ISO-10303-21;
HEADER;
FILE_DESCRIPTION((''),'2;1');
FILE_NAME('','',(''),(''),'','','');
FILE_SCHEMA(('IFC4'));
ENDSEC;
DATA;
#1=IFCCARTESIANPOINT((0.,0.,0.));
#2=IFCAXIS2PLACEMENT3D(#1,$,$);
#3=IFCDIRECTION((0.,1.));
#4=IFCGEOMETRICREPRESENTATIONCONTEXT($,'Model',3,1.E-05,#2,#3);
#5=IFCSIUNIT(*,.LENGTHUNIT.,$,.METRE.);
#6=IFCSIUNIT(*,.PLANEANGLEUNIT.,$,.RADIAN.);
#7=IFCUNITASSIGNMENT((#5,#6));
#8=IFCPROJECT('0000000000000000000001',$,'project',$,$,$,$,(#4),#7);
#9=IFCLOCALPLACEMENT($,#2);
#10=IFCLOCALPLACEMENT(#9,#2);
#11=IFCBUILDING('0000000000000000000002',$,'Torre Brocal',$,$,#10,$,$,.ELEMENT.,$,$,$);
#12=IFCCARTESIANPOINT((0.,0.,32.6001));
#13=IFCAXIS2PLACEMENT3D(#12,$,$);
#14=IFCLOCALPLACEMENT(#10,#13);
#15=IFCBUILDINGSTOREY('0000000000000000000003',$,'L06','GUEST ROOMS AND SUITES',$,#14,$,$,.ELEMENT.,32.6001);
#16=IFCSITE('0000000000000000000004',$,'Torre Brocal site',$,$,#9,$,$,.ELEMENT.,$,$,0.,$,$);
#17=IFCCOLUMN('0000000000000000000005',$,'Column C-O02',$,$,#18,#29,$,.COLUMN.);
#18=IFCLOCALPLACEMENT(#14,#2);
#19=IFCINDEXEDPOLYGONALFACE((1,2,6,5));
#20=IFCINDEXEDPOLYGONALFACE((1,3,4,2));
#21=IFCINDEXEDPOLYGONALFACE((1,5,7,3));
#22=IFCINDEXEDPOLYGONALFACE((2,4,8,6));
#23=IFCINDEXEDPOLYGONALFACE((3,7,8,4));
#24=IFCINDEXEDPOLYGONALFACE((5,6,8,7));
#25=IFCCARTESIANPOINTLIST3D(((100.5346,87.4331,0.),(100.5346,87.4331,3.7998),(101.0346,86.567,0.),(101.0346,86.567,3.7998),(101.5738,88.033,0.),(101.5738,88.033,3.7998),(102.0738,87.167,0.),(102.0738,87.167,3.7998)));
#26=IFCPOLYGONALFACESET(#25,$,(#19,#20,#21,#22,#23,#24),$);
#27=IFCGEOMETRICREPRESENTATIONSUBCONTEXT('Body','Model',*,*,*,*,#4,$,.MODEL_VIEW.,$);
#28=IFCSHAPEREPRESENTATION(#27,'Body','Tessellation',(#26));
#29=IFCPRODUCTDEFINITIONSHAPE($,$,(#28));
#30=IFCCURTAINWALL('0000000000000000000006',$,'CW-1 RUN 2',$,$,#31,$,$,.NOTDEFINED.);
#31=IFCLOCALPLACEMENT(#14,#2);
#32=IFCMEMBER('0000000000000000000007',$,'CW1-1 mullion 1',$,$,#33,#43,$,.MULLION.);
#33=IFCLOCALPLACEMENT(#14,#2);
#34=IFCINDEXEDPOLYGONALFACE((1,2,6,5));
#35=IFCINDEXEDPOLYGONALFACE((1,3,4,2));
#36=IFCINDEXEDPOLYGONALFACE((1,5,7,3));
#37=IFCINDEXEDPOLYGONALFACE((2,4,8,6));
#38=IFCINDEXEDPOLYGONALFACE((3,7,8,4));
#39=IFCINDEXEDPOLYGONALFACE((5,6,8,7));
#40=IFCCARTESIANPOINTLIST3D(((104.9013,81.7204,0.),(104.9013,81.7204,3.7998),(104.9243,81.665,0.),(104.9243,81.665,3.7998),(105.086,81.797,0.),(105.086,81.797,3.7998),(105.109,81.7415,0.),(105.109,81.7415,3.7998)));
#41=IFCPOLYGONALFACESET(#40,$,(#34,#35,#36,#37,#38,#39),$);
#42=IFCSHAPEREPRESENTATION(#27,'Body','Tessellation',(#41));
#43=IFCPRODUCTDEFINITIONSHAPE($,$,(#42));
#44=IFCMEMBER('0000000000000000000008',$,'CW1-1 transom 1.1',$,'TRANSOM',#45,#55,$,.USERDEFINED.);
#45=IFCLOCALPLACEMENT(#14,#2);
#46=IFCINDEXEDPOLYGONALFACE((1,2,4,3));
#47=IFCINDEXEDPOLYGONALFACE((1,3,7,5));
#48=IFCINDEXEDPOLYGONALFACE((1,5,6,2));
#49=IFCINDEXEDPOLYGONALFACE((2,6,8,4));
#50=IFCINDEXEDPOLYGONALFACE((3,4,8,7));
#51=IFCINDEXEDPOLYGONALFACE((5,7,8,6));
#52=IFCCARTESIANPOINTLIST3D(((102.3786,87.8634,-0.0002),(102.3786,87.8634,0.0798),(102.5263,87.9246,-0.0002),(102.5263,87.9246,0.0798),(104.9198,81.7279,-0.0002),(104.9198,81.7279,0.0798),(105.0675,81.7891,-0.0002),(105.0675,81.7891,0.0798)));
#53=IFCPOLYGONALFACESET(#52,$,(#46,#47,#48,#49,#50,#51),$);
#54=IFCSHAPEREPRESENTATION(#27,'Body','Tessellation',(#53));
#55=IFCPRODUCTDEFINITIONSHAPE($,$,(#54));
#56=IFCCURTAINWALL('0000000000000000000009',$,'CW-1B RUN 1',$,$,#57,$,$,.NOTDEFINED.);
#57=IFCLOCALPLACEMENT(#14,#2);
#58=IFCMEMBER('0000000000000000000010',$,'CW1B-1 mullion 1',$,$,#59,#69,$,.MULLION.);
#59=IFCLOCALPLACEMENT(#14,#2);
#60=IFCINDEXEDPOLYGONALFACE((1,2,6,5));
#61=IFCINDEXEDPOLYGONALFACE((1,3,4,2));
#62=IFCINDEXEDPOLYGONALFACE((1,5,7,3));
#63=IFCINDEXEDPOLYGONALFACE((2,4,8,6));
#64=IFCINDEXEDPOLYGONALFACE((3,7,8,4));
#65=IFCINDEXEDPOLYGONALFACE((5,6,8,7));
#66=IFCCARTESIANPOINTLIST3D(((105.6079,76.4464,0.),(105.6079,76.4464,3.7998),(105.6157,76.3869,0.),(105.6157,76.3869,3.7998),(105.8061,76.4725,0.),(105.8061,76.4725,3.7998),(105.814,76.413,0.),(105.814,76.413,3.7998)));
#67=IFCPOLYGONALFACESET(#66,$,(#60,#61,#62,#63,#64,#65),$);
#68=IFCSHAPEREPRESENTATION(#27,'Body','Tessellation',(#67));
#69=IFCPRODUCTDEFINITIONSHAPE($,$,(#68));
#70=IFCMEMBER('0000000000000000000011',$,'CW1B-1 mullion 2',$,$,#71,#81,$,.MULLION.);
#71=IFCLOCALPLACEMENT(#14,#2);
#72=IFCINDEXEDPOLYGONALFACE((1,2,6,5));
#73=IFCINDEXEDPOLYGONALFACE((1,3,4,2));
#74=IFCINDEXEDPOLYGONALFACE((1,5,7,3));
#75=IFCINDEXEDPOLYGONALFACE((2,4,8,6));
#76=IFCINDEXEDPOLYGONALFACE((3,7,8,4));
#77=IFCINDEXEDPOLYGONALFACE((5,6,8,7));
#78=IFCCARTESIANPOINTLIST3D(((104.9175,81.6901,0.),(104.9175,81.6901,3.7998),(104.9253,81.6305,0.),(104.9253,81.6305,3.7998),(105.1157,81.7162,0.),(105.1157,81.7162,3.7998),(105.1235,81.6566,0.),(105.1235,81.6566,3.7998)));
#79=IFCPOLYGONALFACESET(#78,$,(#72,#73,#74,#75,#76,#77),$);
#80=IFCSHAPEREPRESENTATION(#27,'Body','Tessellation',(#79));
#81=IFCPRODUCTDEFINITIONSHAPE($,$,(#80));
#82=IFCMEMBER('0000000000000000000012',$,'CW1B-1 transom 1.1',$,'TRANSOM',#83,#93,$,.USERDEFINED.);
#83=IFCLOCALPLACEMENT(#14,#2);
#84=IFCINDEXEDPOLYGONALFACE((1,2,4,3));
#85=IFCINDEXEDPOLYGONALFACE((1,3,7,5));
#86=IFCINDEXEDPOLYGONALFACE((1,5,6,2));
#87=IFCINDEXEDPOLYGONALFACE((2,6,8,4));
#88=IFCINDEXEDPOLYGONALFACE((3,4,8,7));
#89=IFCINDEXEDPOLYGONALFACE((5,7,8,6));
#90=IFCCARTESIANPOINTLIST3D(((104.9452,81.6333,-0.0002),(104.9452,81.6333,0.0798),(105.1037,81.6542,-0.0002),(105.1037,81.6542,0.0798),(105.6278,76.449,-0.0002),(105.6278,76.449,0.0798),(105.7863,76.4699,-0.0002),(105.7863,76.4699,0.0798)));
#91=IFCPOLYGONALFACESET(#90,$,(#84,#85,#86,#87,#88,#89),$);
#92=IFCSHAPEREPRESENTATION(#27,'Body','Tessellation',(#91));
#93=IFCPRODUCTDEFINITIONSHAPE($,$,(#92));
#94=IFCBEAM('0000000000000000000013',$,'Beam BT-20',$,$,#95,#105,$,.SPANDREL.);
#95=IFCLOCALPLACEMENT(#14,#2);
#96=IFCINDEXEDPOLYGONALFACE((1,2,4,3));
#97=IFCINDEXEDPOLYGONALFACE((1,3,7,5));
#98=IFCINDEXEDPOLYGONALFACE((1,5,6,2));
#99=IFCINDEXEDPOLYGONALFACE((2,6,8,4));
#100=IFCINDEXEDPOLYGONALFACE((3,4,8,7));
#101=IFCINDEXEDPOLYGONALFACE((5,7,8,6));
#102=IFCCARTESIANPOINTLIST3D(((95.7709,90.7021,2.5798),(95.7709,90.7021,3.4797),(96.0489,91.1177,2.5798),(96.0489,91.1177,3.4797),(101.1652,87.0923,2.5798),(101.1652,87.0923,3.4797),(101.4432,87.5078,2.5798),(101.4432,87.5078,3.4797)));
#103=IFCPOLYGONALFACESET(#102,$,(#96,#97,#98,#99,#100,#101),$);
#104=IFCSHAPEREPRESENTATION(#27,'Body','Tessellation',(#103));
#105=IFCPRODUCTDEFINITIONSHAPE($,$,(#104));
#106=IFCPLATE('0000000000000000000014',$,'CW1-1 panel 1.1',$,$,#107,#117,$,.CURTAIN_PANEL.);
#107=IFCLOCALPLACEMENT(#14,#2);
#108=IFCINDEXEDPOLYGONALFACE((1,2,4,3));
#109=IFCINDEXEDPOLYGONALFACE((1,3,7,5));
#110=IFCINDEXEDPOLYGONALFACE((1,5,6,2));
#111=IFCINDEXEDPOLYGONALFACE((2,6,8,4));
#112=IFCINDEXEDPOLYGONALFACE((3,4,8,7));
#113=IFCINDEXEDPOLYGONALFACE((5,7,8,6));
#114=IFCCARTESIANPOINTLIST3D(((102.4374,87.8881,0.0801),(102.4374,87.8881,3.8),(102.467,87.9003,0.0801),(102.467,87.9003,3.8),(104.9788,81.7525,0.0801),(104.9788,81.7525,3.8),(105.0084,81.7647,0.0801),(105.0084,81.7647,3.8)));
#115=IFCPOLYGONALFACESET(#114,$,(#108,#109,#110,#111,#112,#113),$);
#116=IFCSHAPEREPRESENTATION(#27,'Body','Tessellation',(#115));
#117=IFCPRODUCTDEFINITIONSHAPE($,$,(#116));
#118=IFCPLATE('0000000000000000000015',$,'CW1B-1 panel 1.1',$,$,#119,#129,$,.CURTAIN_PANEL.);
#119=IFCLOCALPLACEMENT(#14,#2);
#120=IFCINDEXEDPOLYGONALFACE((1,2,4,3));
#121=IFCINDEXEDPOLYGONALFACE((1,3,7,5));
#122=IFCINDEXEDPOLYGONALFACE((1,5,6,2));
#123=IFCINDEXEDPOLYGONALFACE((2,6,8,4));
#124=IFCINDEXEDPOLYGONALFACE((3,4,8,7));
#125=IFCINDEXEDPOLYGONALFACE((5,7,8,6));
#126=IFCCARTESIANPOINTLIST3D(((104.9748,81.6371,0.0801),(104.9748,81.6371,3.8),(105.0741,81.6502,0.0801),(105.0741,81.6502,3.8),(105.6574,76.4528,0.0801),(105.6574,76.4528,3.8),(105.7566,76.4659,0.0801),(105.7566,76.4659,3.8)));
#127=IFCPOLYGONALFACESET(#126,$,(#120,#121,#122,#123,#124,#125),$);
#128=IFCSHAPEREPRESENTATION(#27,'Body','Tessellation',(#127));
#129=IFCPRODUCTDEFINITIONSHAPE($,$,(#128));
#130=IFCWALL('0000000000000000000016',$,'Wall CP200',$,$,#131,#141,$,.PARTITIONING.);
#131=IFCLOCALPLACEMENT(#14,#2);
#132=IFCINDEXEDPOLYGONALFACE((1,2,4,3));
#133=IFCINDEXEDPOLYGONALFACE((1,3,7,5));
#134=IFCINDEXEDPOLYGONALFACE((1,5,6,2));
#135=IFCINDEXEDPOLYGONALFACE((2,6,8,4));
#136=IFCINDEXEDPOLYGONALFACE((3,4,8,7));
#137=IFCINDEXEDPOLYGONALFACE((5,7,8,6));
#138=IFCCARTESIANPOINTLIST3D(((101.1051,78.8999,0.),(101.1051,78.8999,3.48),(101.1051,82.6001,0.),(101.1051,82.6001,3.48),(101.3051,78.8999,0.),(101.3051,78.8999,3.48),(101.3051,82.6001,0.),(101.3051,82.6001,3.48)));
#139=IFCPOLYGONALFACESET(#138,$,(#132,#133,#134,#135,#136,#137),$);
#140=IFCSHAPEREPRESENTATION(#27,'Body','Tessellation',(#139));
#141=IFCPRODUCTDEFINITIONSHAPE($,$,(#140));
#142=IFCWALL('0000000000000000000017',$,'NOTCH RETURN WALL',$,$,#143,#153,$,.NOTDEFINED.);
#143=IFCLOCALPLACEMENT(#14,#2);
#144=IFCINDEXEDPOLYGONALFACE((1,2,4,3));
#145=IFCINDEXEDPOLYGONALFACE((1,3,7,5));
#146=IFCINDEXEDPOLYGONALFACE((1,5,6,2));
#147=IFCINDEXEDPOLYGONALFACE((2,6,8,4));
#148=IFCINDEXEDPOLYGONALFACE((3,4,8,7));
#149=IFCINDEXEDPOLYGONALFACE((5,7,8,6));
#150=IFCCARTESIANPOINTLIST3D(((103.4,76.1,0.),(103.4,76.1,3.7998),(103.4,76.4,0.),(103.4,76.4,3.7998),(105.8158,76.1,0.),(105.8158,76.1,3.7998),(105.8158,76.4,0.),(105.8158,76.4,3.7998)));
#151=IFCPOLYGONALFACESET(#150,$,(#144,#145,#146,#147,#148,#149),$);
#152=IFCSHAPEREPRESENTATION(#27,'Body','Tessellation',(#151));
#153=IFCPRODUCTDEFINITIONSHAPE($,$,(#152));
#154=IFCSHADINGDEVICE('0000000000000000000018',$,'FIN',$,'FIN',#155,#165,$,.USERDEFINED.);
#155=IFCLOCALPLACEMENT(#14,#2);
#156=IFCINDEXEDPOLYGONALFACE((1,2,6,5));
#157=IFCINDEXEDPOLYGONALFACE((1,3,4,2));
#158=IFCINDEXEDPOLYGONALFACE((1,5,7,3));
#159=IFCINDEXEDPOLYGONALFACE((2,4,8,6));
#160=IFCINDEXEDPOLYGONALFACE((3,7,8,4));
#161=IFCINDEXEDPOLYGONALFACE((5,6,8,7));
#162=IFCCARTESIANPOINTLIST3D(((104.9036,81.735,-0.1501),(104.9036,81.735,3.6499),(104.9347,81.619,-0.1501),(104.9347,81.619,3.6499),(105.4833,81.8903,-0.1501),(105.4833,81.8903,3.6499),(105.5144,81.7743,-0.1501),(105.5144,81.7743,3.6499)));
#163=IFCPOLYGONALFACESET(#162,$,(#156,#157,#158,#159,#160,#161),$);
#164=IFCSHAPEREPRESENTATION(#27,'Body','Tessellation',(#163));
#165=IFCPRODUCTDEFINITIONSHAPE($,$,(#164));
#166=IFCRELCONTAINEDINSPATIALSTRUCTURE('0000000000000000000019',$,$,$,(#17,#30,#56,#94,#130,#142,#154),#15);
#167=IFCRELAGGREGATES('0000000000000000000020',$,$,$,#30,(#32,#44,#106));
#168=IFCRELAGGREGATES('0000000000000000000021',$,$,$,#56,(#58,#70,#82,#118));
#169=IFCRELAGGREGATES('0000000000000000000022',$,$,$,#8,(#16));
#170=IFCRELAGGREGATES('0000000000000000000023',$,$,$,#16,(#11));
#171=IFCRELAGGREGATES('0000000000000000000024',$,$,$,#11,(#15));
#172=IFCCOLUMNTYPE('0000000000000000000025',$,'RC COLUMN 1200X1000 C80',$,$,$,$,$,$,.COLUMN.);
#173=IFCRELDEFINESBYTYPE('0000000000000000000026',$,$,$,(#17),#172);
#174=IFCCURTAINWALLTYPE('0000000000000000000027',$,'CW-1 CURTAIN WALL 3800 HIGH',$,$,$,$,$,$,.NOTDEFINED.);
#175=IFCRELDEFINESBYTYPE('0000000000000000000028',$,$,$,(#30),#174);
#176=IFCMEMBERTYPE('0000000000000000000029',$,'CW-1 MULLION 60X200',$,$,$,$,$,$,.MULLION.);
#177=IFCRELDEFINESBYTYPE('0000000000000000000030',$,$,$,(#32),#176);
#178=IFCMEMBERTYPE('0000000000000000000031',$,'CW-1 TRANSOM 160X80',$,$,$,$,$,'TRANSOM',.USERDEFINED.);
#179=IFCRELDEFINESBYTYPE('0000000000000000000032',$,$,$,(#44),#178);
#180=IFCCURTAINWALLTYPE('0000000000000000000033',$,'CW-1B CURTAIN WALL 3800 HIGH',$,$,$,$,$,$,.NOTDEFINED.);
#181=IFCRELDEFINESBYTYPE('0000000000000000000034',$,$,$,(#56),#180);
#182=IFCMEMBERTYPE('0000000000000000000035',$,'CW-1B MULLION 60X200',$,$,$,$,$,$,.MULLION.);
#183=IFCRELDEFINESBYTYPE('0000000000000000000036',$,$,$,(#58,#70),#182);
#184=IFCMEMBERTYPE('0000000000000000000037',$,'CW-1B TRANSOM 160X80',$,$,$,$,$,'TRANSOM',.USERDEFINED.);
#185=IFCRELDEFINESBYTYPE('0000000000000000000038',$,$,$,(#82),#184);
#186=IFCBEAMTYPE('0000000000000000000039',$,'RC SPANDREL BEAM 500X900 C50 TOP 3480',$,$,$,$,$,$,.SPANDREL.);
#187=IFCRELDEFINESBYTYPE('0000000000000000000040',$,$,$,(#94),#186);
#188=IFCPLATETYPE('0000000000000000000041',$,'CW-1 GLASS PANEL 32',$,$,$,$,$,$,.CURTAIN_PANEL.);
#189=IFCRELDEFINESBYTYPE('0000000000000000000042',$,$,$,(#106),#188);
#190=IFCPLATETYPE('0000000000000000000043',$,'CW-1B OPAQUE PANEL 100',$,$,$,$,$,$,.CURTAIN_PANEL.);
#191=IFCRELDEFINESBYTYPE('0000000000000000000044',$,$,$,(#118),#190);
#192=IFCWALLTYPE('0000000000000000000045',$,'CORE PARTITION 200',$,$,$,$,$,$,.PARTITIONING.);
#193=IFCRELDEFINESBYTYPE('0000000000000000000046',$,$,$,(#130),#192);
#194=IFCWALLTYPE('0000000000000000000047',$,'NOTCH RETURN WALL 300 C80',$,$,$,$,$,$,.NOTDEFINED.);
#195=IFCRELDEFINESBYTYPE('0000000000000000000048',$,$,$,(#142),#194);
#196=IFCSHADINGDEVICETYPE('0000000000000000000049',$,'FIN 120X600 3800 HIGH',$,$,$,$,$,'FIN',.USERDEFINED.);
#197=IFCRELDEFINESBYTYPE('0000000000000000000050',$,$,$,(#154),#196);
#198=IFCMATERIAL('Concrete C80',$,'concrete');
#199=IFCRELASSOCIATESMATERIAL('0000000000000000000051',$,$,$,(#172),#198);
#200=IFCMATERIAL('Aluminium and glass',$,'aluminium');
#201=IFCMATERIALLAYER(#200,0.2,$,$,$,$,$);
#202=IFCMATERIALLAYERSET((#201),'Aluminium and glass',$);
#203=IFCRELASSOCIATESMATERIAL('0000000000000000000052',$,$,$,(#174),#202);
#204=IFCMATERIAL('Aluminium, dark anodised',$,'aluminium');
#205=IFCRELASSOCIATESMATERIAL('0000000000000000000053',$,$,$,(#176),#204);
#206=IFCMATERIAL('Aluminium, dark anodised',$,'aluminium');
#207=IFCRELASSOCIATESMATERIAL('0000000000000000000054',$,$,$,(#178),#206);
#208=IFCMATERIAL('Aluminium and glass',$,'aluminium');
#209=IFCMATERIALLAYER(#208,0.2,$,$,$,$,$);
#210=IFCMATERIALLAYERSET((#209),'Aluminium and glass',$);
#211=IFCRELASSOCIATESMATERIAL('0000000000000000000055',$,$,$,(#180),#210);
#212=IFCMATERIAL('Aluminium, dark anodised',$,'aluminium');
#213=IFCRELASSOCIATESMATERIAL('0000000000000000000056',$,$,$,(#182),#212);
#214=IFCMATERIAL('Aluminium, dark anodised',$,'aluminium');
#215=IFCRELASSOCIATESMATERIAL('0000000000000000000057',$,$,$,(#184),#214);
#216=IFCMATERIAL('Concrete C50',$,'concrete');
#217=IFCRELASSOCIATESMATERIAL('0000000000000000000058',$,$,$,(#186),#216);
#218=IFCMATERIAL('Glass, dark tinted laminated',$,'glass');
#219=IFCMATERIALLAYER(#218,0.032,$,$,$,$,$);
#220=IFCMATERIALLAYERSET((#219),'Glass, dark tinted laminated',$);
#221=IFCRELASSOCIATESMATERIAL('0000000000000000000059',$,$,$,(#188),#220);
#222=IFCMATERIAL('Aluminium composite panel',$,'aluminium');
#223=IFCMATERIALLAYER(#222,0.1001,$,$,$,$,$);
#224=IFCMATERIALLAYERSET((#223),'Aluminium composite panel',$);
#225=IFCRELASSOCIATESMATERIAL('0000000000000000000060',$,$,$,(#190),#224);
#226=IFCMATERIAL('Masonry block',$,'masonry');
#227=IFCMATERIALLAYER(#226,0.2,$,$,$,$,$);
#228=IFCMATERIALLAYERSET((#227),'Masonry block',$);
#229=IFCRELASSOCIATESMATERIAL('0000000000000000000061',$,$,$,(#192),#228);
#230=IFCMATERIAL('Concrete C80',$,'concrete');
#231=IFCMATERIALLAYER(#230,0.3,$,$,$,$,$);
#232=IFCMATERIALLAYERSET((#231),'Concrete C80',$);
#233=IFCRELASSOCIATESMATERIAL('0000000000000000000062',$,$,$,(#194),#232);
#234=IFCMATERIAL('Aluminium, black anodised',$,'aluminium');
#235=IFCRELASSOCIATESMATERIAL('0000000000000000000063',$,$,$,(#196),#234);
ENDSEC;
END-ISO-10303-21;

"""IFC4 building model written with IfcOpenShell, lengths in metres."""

from ifc_helpers import new_model, si_unit, direction, frame, frame_2d, origin, origin_2d, place, context, subcontext, project, spatial, rectangle, extrude, material, layer, layer_set, material_profile, profile_set, type_object, element, aggregate, save


model = new_model("IFC4")

# Units and contexts
model_context = context("Model", 3, precision=1e-05, world=origin(), true_north=direction((0.0, 1.0)))
body_context = subcontext(model_context, "Body", "Model", "MODEL_VIEW")
ifc_project = project(units=[si_unit("LENGTHUNIT", "METRE"), si_unit("PLANEANGLEUNIT", "RADIAN")], contexts=[model_context])

# Site, building, storey
site_placement = place(None, origin())
site = spatial("IfcSite", under=ifc_project, at=site_placement, Name="Torre Brocal site", CompositionType="ELEMENT", RefElevation=0.0)
building_placement = place(site_placement, origin())
building = spatial("IfcBuilding", under=site, at=building_placement, Name="Torre Brocal", CompositionType="ELEMENT")
storey_placement = place(building_placement, frame((0.0, 0.0, 32.6001)))
storey = spatial("IfcBuildingStorey", under=building, at=storey_placement, Name="L06", Description="GUEST ROOMS AND SUITES", CompositionType="ELEMENT", Elevation=32.6001)

# Column
ifc_material_1 = material(Name="Concrete C80", Category="concrete")
ifc_material_profile_1 = material_profile(ifc_material_1, rectangle(XDim=1.2, YDim=1.0, at=origin_2d()), Name="RC 1200X1000")
ifc_profile_set_1 = profile_set([ifc_material_profile_1], Name="Concrete C80")
column_type = type_object("IfcColumnType", Name="RC COLUMN 1200X1000 C80", PredefinedType="COLUMN", material=ifc_profile_set_1)
column_placement = place(storey_placement, frame((101.3042, 87.3, 0.0), z_axis=(0.0, 0.0, 1.0), x_axis=(0.866025, 0.5, 0.0)))
element("IfcColumn", 1, at=column_placement, inside=storey, type_object=column_type, Name="Column C-O02", PredefinedType="COLUMN", context=body_context, shape_type="SweptSolid", body=[
    extrude(rectangle(XDim=1.2, YDim=1.0, at=origin_2d()), origin(), (0.0, 0.0, 1.0), 3.7998),
])

# Curtain walls, members
ifc_material_2 = material(Name="Aluminium and glass", Category="aluminium")
ifc_layer_1 = layer(ifc_material_2, 0.2)
ifc_layer_set_1 = layer_set([ifc_layer_1], Name="Aluminium and glass")
curtain_wall_type_1 = type_object("IfcCurtainWallType", Name="CW-1 CURTAIN WALL 3800 HIGH", PredefinedType="NOTDEFINED", material=ifc_layer_set_1)
curtain_wall_1_placement = place(storey_placement, origin())
curtain_wall_1 = element("IfcCurtainWall", 2, at=curtain_wall_1_placement, inside=storey, type_object=curtain_wall_type_1, Name="CW-1 RUN 2", PredefinedType="NOTDEFINED")
ifc_material_3 = material(Name="Aluminium, dark anodised", Category="aluminium")
ifc_material_profile_2 = material_profile(ifc_material_3, rectangle(XDim=0.2, YDim=0.0601, at=origin_2d()), Name="CW-1 MULLION 60X200")
ifc_profile_set_2 = profile_set([ifc_material_profile_2], Name="Aluminium, dark anodised")
member_type_1 = type_object("IfcMemberType", Name="CW-1 MULLION 60X200", PredefinedType="MULLION", material=ifc_profile_set_2)
member_1_placement = place(storey_placement, frame((105.0051, 81.731, 0.0), z_axis=(0.0, 0.0, 1.0), x_axis=(-0.92388, -0.382683, 0.0)))
member_1 = element("IfcMember", 3, at=member_1_placement, type_object=member_type_1, Name="CW1-1 mullion 1", PredefinedType="MULLION", context=body_context, shape_type="SweptSolid", body=[
    extrude(rectangle(XDim=0.2, YDim=0.0601, at=origin_2d()), origin(), (0.0, 0.0, 1.0), 3.7998),
])
ifc_material_4 = material(Name="Aluminium, dark anodised", Category="aluminium")
ifc_material_profile_3 = material_profile(ifc_material_4, rectangle(XDim=0.1599, YDim=0.0801, at=origin_2d()), Name="CW-1 TRANSOM 160X80")
ifc_profile_set_3 = profile_set([ifc_material_profile_3], Name="Aluminium, dark anodised")
member_type_2 = type_object("IfcMemberType", Name="CW-1 TRANSOM 160X80", ElementType="TRANSOM", PredefinedType="USERDEFINED", material=ifc_profile_set_3)
member_2_placement = place(storey_placement, frame((104.9937, 81.7585, 0.0398), z_axis=(-0.382665, 0.923887, 0.0), x_axis=(-0.923887, -0.382665, 0.0)))
member_2 = element("IfcMember", 4, at=member_2_placement, type_object=member_type_2, Name="CW1-1 transom 1.1", ObjectType="TRANSOM", PredefinedType="USERDEFINED", context=body_context, shape_type="SweptSolid", body=[
    extrude(rectangle(XDim=0.1599, YDim=0.0801, at=origin_2d()), origin(), (0.0, 0.0, 1.0), 6.6409),
])
ifc_material_5 = material(Name="Aluminium and glass", Category="aluminium")
ifc_layer_2 = layer(ifc_material_5, 0.2)
ifc_layer_set_2 = layer_set([ifc_layer_2], Name="Aluminium and glass")
curtain_wall_type_2 = type_object("IfcCurtainWallType", Name="CW-1B CURTAIN WALL 3800 HIGH", PredefinedType="NOTDEFINED", material=ifc_layer_set_2)
curtain_wall_2_placement = place(storey_placement, origin())
curtain_wall_2 = element("IfcCurtainWall", 5, at=curtain_wall_2_placement, inside=storey, type_object=curtain_wall_type_2, Name="CW-1B RUN 1", PredefinedType="NOTDEFINED")
ifc_material_6 = material(Name="Aluminium, dark anodised", Category="aluminium")
ifc_material_profile_4 = material_profile(ifc_material_6, rectangle(XDim=0.2, YDim=0.0601, at=origin_2d()), Name="CW-1B MULLION 60X200")
ifc_profile_set_4 = profile_set([ifc_material_profile_4], Name="Aluminium, dark anodised")
member_type_3 = type_object("IfcMemberType", Name="CW-1B MULLION 60X200", PredefinedType="MULLION", material=ifc_profile_set_4)
member_3_placement = place(storey_placement, frame((105.7109, 76.4297, 0.0), z_axis=(0.0, 0.0, 1.0), x_axis=(-0.991445, -0.130526, 0.0)))
member_3 = element("IfcMember", 6, at=member_3_placement, type_object=member_type_3, Name="CW1B-1 mullion 1", PredefinedType="MULLION", context=body_context, shape_type="SweptSolid", body=[
    extrude(rectangle(XDim=0.2, YDim=0.0601, at=origin_2d()), origin(), (0.0, 0.0, 1.0), 3.7998),
])
member_4_placement = place(storey_placement, frame((105.0205, 81.6733, 0.0), z_axis=(0.0, 0.0, 1.0), x_axis=(-0.991445, -0.130526, 0.0)))
member_4 = element("IfcMember", 7, at=member_4_placement, type_object=member_type_3, Name="CW1B-1 mullion 2", PredefinedType="MULLION", context=body_context, shape_type="SweptSolid", body=[
    extrude(rectangle(XDim=0.2, YDim=0.0601, at=origin_2d()), origin(), (0.0, 0.0, 1.0), 3.7998),
])
ifc_material_7 = material(Name="Aluminium, dark anodised", Category="aluminium")
ifc_material_profile_5 = material_profile(ifc_material_7, rectangle(XDim=0.1599, YDim=0.0801, at=origin_2d()), Name="CW-1B TRANSOM 160X80")
ifc_profile_set_5 = profile_set([ifc_material_profile_5], Name="Aluminium, dark anodised")
member_type_4 = type_object("IfcMemberType", Name="CW-1B TRANSOM 160X80", ElementType="TRANSOM", PredefinedType="USERDEFINED", material=ifc_profile_set_5)
member_5_placement = place(storey_placement, frame((105.707, 76.4595, 0.0398), z_axis=(-0.130543, 0.991443, 0.0), x_axis=(-0.991443, -0.130543, 0.0)))
member_5 = element("IfcMember", 8, at=member_5_placement, type_object=member_type_4, Name="CW1B-1 transom 1.1", ObjectType="TRANSOM", PredefinedType="USERDEFINED", context=body_context, shape_type="SweptSolid", body=[
    extrude(rectangle(XDim=0.1599, YDim=0.0801, at=origin_2d()), origin(), (0.0, 0.0, 1.0), 5.229),
])

# Beam
ifc_material_8 = material(Name="Concrete C50", Category="concrete")
ifc_material_profile_6 = material_profile(ifc_material_8, rectangle(XDim=0.5, YDim=0.8999, at=origin_2d()), Name="RC 500X900")
ifc_profile_set_6 = profile_set([ifc_material_profile_6], Name="Concrete C50")
beam_type = type_object("IfcBeamType", Name="RC SPANDREL BEAM 500X900 C50 TOP 3480", PredefinedType="SPANDREL", material=ifc_profile_set_6)
beam_placement = place(storey_placement, frame((101.3042, 87.3, 3.0298), z_axis=(-0.831077, 0.556158, 0.0), x_axis=(-0.556158, -0.831077, 0.0)))
element("IfcBeam", 9, at=beam_placement, inside=storey, type_object=beam_type, Name="Beam BT-20", PredefinedType="SPANDREL", context=body_context, shape_type="SweptSolid", body=[
    extrude(rectangle(XDim=0.5, YDim=0.8999, at=origin_2d()), origin(), (0.0, 0.0, 1.0), 6.4907),
])

# Plates
ifc_material_9 = material(Name="Glass, dark tinted laminated", Category="glass")
ifc_layer_3 = layer(ifc_material_9, 0.032)
ifc_layer_set_3 = layer_set([ifc_layer_3], Name="Glass, dark tinted laminated")
plate_type_1 = type_object("IfcPlateType", Name="CW-1 GLASS PANEL 32", PredefinedType="CURTAIN_PANEL", material=ifc_layer_set_3)
plate_1_placement = place(storey_placement, frame((103.7229, 84.8264, 0.0801), z_axis=(0.0, 0.0, 1.0), x_axis=(-0.382683, 0.92388, 0.0)))
plate_1 = element("IfcPlate", 10, at=plate_1_placement, type_object=plate_type_1, Name="CW1-1 panel 1.1", PredefinedType="CURTAIN_PANEL", context=body_context, shape_type="SweptSolid", body=[
    extrude(rectangle(XDim=6.6411, YDim=0.032, at=origin_2d()), origin(), (0.0, 0.0, 1.0), 3.72),
])
aggregate(curtain_wall_1, [member_1, member_2, plate_1])
ifc_material_10 = material(Name="Aluminium composite panel", Category="aluminium")
ifc_layer_4 = layer(ifc_material_10, 0.1001)
ifc_layer_set_4 = layer_set([ifc_layer_4], Name="Aluminium composite panel")
plate_type_2 = type_object("IfcPlateType", Name="CW-1B OPAQUE PANEL 100", PredefinedType="CURTAIN_PANEL", material=ifc_layer_set_4)
plate_2_placement = place(storey_placement, frame((105.3657, 79.0515, 0.0801), z_axis=(0.0, 0.0, 1.0), x_axis=(-0.130526, 0.991445, 0.0)))
plate_2 = element("IfcPlate", 11, at=plate_2_placement, type_object=plate_type_2, Name="CW1B-1 panel 1.1", PredefinedType="CURTAIN_PANEL", context=body_context, shape_type="SweptSolid", body=[
    extrude(rectangle(XDim=5.229, YDim=0.1001, at=origin_2d()), origin(), (0.0, 0.0, 1.0), 3.72),
])
aggregate(curtain_wall_2, [member_3, member_4, member_5, plate_2])

# Walls
ifc_material_11 = material(Name="Masonry block", Category="masonry")
ifc_layer_5 = layer(ifc_material_11, 0.2)
ifc_layer_set_5 = layer_set([ifc_layer_5], Name="Masonry block")
wall_type_1 = type_object("IfcWallType", Name="CORE PARTITION 200", PredefinedType="PARTITIONING", material=ifc_layer_set_5)
wall_1_placement = place(storey_placement, frame((101.2051, 78.8999, 0.0), z_axis=(0.0, 0.0, 1.0), x_axis=(0.0, 1.0, 0.0)))
element("IfcWall", 12, at=wall_1_placement, inside=storey, type_object=wall_type_1, Name="Wall CP200", PredefinedType="PARTITIONING", context=body_context, shape_type="SweptSolid", body=[
    extrude(rectangle(XDim=3.7002, YDim=0.2, at=frame_2d((1.8501, 0.0))), origin(), (0.0, 0.0, 1.0), 3.48),
])
ifc_material_12 = material(Name="Concrete C80", Category="concrete")
ifc_layer_6 = layer(ifc_material_12, 0.3)
ifc_layer_set_6 = layer_set([ifc_layer_6], Name="Concrete C80")
wall_type_2 = type_object("IfcWallType", Name="NOTCH RETURN WALL 300 C80", PredefinedType="NOTDEFINED", material=ifc_layer_set_6)
wall_2_placement = place(storey_placement, frame((103.3999, 76.25, 0.0), z_axis=(0.0, 0.0, 1.0), x_axis=(1.0, 0.0, 0.0)))
element("IfcWall", 13, at=wall_2_placement, inside=storey, type_object=wall_type_2, Name="NOTCH RETURN WALL", PredefinedType="NOTDEFINED", context=body_context, shape_type="SweptSolid", body=[
    extrude(rectangle(XDim=2.4158, YDim=0.3, at=frame_2d((1.208, 0.0))), origin(), (0.0, 0.0, 1.0), 3.7998),
])

# Shading device
ifc_material_13 = material(Name="Aluminium, black anodised", Category="aluminium")
ifc_material_profile_7 = material_profile(ifc_material_13, rectangle(XDim=0.1201, YDim=0.6001, at=origin_2d()), Name="FIN 120X600 3800 HIGH")
ifc_profile_set_7 = profile_set([ifc_material_profile_7], Name="Aluminium, black anodised")
shading_device_type = type_object("IfcShadingDeviceType", Name="FIN 120X600 3800 HIGH", ElementType="FIN", PredefinedType="USERDEFINED", material=ifc_profile_set_7)
shading_device_placement = place(storey_placement, frame((105.209, 81.7546, -0.1501), z_axis=(0.0, 0.0, 1.0), x_axis=(-0.258819, 0.965926, 0.0)))
element("IfcShadingDevice", 14, at=shading_device_placement, inside=storey, type_object=shading_device_type, Name="FIN", ObjectType="FIN", PredefinedType="USERDEFINED", context=body_context, shape_type="SweptSolid", body=[
    extrude(rectangle(XDim=0.1201, YDim=0.6001, at=origin_2d()), origin(), (0.0, 0.0, 1.0), 3.8),
])

save(model, "model.ifc")
